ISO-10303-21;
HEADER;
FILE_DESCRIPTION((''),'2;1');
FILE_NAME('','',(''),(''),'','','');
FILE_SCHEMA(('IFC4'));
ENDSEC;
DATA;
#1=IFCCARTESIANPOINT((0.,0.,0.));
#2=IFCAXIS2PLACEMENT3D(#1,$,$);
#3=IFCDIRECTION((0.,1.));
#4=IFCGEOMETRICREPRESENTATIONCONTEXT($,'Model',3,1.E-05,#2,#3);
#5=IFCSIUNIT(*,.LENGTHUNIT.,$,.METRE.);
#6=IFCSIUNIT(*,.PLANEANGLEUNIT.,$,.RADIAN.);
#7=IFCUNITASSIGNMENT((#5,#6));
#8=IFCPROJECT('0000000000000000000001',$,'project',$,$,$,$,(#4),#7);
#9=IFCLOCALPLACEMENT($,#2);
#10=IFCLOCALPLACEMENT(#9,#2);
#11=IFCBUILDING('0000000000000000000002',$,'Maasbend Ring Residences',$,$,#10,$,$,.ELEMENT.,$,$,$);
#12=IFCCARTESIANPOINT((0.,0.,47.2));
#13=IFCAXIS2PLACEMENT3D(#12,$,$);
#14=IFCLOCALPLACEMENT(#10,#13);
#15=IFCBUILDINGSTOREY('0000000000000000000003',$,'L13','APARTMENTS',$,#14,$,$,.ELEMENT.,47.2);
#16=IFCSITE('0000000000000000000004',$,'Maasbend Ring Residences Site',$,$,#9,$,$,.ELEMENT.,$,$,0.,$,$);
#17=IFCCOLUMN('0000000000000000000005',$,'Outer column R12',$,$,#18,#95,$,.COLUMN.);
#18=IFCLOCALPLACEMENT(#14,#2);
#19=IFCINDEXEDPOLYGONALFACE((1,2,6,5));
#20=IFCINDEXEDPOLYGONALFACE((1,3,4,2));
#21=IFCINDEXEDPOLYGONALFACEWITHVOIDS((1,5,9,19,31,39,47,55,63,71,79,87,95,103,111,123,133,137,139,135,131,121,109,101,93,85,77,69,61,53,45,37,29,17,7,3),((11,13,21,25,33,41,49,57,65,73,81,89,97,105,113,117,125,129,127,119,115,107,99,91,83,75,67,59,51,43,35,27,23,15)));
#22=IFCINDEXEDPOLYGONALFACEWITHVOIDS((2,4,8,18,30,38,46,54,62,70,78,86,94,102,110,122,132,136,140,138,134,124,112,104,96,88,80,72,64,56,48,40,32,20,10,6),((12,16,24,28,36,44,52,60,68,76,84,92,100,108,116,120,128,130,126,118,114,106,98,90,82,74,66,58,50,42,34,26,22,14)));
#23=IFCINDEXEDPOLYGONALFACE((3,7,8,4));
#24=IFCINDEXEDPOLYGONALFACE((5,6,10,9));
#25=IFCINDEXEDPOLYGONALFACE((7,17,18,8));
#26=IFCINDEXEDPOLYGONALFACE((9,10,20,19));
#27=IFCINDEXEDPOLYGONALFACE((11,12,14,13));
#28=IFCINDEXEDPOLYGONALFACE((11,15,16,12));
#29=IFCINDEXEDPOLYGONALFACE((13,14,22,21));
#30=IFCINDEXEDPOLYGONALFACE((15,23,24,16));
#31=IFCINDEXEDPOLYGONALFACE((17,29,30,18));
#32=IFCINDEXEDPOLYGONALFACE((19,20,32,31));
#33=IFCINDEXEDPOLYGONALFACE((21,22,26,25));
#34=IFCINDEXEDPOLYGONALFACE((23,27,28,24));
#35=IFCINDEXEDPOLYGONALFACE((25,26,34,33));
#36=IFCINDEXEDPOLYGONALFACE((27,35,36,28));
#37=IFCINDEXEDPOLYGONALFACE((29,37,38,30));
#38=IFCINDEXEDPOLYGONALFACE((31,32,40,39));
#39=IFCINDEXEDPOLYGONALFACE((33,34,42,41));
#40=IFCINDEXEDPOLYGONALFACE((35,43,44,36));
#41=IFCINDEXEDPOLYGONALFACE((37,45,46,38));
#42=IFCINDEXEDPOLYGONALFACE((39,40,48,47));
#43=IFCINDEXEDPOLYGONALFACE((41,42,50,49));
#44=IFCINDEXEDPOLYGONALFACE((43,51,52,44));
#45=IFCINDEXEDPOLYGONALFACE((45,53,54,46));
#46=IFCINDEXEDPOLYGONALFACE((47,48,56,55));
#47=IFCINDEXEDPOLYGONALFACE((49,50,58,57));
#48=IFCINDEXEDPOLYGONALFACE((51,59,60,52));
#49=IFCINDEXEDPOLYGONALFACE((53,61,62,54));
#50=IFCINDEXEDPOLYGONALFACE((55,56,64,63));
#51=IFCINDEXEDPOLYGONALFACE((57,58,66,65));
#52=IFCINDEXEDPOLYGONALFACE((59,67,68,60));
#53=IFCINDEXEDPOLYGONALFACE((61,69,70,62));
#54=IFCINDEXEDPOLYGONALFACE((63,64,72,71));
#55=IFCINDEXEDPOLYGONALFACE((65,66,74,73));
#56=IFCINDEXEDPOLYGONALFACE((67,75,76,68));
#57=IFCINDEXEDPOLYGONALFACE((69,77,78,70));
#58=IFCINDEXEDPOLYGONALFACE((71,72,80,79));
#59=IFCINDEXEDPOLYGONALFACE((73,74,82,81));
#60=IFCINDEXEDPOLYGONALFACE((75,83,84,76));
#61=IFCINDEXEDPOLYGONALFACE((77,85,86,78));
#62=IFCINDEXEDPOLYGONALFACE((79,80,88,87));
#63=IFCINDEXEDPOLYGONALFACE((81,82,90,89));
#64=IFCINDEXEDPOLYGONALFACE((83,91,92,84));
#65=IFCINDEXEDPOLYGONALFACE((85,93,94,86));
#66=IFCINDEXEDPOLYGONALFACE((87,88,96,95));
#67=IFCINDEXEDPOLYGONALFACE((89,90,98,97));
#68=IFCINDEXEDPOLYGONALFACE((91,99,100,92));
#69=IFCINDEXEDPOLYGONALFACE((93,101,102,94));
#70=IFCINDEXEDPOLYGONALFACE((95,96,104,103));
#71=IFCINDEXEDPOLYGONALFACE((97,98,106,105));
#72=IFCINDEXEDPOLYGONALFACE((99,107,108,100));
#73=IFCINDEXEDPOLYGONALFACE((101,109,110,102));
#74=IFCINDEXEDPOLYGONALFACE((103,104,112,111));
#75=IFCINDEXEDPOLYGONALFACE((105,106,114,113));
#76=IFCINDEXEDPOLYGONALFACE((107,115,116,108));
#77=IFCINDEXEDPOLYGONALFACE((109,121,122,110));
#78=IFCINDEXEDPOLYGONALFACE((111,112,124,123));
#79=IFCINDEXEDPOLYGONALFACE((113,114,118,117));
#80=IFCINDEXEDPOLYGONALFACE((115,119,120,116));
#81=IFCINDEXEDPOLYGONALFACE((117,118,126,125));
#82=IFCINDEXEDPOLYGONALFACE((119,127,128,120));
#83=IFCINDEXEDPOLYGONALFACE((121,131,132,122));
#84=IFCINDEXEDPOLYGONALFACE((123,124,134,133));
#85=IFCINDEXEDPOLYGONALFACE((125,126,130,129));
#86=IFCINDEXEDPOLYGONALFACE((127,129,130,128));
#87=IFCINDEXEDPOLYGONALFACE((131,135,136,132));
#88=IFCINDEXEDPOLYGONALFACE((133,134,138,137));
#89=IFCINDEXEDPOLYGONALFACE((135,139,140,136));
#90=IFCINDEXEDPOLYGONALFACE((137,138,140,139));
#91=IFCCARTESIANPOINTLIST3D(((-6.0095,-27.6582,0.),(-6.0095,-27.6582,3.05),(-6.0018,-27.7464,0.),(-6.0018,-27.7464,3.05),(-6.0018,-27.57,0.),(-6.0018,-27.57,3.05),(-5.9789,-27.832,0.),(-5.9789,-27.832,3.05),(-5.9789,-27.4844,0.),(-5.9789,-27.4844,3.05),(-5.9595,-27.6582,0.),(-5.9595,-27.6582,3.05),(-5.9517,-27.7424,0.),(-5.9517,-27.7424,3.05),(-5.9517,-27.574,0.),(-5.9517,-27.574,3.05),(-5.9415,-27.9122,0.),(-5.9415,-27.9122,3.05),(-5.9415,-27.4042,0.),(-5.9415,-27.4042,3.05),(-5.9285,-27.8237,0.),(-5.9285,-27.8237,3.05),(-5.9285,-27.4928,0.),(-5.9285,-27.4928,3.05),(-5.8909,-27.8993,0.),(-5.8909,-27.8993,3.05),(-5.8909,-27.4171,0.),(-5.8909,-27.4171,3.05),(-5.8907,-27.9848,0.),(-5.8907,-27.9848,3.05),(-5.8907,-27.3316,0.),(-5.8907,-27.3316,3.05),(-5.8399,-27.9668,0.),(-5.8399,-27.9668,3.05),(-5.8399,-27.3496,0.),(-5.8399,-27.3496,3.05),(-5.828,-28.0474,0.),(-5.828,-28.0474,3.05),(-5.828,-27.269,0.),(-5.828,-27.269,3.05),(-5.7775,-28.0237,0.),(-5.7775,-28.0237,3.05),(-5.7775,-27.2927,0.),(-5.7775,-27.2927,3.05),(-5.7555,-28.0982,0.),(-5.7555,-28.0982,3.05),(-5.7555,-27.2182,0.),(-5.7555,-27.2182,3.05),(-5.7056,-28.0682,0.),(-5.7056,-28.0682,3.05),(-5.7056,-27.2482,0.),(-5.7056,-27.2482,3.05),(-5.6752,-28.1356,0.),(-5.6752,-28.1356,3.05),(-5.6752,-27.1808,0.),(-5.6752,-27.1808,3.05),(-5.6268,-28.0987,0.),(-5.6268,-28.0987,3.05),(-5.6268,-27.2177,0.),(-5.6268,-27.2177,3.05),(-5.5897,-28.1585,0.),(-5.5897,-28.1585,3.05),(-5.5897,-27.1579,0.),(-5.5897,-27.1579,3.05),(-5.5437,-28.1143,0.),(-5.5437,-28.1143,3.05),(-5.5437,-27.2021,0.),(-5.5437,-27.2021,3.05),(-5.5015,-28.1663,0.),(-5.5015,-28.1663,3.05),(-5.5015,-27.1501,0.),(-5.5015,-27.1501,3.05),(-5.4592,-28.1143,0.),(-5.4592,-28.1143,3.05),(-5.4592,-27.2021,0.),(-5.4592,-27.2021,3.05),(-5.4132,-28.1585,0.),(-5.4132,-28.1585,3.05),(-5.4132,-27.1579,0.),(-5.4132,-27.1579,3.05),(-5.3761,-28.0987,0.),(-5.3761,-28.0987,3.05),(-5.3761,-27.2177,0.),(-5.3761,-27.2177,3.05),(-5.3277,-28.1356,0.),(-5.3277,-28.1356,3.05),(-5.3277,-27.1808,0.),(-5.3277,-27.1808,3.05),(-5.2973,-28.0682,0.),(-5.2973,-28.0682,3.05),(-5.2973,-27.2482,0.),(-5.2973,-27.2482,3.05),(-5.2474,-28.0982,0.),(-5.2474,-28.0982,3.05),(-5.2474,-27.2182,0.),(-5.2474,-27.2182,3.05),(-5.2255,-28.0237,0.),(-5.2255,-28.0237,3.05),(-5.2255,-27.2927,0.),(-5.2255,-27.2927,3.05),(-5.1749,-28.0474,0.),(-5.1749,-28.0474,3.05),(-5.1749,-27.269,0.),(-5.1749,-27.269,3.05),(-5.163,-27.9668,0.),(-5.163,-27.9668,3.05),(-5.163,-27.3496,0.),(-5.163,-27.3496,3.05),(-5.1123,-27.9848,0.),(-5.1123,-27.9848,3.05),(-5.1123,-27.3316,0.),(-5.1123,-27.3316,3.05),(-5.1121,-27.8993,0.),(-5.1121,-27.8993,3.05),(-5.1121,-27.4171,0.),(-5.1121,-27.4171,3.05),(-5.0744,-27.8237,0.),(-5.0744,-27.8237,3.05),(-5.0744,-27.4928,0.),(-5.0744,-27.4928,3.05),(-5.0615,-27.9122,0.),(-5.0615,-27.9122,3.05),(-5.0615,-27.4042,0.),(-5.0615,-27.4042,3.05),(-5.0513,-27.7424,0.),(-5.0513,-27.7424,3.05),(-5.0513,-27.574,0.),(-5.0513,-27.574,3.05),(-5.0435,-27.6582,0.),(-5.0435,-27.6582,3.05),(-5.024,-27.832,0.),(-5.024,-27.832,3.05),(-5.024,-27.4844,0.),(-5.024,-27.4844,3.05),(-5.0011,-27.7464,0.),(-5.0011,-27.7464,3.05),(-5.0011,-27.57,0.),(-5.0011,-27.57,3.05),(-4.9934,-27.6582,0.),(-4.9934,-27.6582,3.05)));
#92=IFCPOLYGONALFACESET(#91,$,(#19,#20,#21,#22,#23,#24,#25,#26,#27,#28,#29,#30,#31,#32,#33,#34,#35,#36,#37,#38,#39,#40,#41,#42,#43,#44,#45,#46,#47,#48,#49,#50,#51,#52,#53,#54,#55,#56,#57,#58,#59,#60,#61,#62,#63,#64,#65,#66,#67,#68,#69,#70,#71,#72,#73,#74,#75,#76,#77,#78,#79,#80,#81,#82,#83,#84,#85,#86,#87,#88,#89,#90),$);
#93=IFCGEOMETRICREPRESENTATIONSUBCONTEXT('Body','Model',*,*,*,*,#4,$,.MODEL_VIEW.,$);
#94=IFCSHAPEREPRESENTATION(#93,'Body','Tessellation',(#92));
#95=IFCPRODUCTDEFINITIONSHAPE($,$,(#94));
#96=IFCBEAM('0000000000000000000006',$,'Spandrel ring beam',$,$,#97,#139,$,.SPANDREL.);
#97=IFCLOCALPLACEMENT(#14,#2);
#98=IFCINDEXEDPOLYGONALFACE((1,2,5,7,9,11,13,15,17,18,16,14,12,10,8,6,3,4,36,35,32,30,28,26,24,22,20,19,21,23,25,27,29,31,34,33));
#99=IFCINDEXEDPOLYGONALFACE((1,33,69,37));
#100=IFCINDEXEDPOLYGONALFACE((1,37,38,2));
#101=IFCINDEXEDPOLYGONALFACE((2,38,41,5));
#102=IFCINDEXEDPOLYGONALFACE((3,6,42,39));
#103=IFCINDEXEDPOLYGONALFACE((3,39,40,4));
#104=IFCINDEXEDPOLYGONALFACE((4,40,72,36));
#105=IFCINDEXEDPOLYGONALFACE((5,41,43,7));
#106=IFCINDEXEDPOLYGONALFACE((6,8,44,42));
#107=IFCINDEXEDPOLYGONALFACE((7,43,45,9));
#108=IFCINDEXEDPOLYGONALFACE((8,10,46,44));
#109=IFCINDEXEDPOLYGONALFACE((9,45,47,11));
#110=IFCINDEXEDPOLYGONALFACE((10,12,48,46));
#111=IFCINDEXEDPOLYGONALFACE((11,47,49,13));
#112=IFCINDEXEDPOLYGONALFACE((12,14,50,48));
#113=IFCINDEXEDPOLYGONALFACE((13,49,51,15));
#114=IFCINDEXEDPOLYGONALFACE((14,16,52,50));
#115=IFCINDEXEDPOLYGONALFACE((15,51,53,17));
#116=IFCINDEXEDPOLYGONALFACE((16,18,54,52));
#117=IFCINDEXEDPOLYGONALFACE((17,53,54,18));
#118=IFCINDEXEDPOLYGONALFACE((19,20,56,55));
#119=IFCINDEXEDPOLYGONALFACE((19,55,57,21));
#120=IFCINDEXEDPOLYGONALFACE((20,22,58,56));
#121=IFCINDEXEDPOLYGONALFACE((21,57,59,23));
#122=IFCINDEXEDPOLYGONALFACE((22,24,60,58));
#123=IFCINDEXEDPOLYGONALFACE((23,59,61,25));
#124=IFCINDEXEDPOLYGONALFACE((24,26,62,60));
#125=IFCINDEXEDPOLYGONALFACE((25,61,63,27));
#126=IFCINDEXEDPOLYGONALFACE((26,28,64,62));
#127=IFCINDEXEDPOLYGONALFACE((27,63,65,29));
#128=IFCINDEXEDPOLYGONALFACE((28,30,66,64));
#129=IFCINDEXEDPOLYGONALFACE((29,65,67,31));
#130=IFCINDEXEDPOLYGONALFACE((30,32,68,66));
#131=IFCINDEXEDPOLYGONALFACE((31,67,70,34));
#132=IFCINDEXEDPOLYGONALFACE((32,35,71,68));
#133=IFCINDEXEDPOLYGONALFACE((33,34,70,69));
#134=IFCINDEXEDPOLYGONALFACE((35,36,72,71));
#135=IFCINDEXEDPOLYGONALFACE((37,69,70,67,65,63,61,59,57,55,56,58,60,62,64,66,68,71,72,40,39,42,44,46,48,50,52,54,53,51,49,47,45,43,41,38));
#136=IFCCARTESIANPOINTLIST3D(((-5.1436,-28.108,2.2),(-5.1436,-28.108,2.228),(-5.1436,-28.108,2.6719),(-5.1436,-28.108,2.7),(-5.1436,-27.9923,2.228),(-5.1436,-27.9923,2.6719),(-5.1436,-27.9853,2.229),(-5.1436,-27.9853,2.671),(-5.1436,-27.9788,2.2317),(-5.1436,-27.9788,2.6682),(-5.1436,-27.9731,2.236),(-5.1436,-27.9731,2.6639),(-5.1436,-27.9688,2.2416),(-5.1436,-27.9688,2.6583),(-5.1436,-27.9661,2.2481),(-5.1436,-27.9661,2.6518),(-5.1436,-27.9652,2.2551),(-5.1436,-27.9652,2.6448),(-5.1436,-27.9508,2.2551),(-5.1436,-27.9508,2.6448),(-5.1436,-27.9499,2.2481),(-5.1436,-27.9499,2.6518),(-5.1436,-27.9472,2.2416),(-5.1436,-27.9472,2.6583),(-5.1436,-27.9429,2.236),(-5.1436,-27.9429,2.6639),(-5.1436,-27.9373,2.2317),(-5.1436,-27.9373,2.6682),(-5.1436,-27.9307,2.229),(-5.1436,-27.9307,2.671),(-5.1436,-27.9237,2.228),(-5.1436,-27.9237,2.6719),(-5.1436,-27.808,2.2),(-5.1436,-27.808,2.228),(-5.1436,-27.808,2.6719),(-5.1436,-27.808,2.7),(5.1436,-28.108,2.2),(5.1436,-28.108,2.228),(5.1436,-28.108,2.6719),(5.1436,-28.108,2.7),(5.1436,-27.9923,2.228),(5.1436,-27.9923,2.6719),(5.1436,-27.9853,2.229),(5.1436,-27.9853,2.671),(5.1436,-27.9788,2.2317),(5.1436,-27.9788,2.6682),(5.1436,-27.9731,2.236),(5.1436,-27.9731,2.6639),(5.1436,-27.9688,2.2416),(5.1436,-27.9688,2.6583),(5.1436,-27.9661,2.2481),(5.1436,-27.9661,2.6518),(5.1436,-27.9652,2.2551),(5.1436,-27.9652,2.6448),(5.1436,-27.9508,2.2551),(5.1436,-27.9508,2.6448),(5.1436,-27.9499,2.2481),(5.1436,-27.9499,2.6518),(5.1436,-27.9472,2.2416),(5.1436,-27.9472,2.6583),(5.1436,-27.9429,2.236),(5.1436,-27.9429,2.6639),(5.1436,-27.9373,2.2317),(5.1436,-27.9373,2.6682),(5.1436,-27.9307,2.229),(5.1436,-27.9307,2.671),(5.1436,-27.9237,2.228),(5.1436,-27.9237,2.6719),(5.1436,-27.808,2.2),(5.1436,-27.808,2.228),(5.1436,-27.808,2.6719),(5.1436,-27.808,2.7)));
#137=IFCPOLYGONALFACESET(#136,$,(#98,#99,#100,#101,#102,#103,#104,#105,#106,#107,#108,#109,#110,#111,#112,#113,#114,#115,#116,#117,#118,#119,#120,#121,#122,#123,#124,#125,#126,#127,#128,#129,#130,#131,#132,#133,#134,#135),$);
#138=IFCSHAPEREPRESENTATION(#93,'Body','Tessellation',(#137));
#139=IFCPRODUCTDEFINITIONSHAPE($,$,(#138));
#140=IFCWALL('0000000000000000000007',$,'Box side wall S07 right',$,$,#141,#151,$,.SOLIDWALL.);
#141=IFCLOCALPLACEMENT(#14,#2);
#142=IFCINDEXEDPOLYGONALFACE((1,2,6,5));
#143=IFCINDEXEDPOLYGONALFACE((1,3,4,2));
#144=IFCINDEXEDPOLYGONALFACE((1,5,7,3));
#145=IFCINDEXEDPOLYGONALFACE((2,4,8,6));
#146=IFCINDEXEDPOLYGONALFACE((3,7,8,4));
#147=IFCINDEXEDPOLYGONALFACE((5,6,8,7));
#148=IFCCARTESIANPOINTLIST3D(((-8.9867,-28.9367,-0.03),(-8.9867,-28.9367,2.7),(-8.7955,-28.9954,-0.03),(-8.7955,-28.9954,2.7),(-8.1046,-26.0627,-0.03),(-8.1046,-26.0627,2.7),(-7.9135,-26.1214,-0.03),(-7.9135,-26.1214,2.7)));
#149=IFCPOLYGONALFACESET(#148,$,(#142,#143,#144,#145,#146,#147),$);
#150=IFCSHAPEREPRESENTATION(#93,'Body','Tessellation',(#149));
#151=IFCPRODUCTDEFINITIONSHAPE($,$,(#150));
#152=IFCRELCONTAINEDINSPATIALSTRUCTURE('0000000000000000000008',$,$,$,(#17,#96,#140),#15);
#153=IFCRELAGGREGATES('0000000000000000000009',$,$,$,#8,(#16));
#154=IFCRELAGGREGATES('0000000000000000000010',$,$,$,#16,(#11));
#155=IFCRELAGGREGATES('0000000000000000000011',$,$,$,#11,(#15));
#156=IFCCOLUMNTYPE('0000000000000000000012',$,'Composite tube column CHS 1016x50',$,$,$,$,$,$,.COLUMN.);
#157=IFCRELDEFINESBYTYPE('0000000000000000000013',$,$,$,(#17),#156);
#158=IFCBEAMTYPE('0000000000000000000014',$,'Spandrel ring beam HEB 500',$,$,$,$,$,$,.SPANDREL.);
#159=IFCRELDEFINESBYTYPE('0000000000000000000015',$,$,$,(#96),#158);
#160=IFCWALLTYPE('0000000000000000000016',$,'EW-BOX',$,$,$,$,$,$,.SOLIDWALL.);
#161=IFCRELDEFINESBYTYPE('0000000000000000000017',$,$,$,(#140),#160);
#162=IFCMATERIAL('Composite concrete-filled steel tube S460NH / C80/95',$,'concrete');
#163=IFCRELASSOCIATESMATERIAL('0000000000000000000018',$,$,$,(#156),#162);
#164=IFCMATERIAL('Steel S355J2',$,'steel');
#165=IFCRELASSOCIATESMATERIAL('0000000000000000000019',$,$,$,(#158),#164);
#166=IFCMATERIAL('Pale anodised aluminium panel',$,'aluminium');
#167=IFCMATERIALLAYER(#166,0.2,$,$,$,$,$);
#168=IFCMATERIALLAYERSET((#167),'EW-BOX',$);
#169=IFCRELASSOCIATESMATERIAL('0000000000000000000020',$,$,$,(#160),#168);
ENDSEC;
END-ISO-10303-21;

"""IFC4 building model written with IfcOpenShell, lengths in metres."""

from ifc_helpers import new_model, si_unit, direction, frame, frame_2d, origin, origin_2d, place, context, subcontext, project, spatial, rectangle, hollow_circle, i_section, extrude, material, layer, layer_set, material_profile, profile_set, type_object, element, save


model = new_model("IFC4")

# Units and contexts
model_context = context("Model", 3, precision=1e-05, world=origin(), true_north=direction((0.0, 1.0)))
body_context = subcontext(model_context, "Body", "Model", "MODEL_VIEW")
ifc_project = project(units=[si_unit("LENGTHUNIT", "METRE"), si_unit("PLANEANGLEUNIT", "RADIAN")], contexts=[model_context])

# Site, building, storey
site_placement = place(None, origin())
site = spatial("IfcSite", under=ifc_project, at=site_placement, Name="Maasbend Ring Residences Site", CompositionType="ELEMENT", RefElevation=0.0)
building_placement = place(site_placement, origin())
building = spatial("IfcBuilding", under=site, at=building_placement, Name="Maasbend Ring Residences", CompositionType="ELEMENT")
storey_placement = place(building_placement, frame((0.0, 0.0, 47.2)))
storey = spatial("IfcBuildingStorey", under=building, at=storey_placement, Name="L13", Description="APARTMENTS", CompositionType="ELEMENT", Elevation=47.2)

# Column
ifc_material_1 = material(Name="Composite concrete-filled steel tube S460NH / C80/95", Category="concrete")
ifc_material_profile_1 = material_profile(ifc_material_1, hollow_circle(Radius=0.5081, WallThickness=0.05, at=origin_2d()), Name="Composite tube column CHS 1016x50")
ifc_profile_set_1 = profile_set([ifc_material_profile_1], Name="Composite concrete-filled steel tube S460NH / C80/95")
column_type = type_object("IfcColumnType", Name="Composite tube column CHS 1016x50", PredefinedType="COLUMN", material=ifc_profile_set_1)
column_placement = place(storey_placement, frame((-5.5015, -27.6582, 0.0), z_axis=(0.0, 0.0, 1.0), x_axis=(1.0, 0.0, 0.0)))
element("IfcColumn", 1, at=column_placement, inside=storey, type_object=column_type, Name="Outer column R12", PredefinedType="COLUMN", context=body_context, shape_type="SweptSolid", body=[
    extrude(hollow_circle(Radius=0.5081, WallThickness=0.05, at=origin_2d()), origin(), (0.0, 0.0, 1.0), 3.05),
])

# Beam
ifc_material_2 = material(Name="Steel S355J2", Category="steel")
ifc_material_profile_2 = material_profile(ifc_material_2, i_section(OverallWidth=0.3, OverallDepth=0.5, WebThickness=0.0144, FlangeThickness=0.0281, FilletRadius=0.0271, at=origin_2d()), Name="HEB 500")
ifc_profile_set_2 = profile_set([ifc_material_profile_2], Name="Steel S355J2")
beam_type = type_object("IfcBeamType", Name="Spandrel ring beam HEB 500", PredefinedType="SPANDREL", material=ifc_profile_set_2)
beam_placement = place(storey_placement, frame((-5.1436, -27.958, 2.45), z_axis=(1.0, 0.0, 0.0), x_axis=(0.0, 1.0, 0.0)))
element("IfcBeam", 2, at=beam_placement, inside=storey, type_object=beam_type, Name="Spandrel ring beam", PredefinedType="SPANDREL", context=body_context, shape_type="SweptSolid", body=[
    extrude(i_section(OverallWidth=0.3, OverallDepth=0.5, WebThickness=0.0144, FlangeThickness=0.0281, FilletRadius=0.0271, at=origin_2d()), origin(), (0.0, 0.0, 1.0), 10.2871),
])

# Wall
ifc_material_3 = material(Name="Pale anodised aluminium panel", Category="aluminium")
ifc_layer_1 = layer(ifc_material_3, 0.2)
ifc_layer_set_1 = layer_set([ifc_layer_1], Name="EW-BOX")
wall_type_1 = type_object("IfcWallType", Name="EW-BOX", PredefinedType="SOLIDWALL", material=ifc_layer_set_1)
wall_1_placement = place(storey_placement, frame((-8.009, -26.092, -0.03), z_axis=(0.0, 0.0, 1.0), x_axis=(-0.293407, -0.955988, 0.0)))
element("IfcWall", 3, at=wall_1_placement, inside=storey, type_object=wall_type_1, Name="Box side wall S07 right", PredefinedType="SOLIDWALL", context=body_context, shape_type="SweptSolid", body=[
    extrude(rectangle(XDim=3.0063, YDim=0.2, at=frame_2d((1.5032, 0.0))), origin(), (0.0, 0.0, 1.0), 2.73),
])

save(model, "model.ifc")
